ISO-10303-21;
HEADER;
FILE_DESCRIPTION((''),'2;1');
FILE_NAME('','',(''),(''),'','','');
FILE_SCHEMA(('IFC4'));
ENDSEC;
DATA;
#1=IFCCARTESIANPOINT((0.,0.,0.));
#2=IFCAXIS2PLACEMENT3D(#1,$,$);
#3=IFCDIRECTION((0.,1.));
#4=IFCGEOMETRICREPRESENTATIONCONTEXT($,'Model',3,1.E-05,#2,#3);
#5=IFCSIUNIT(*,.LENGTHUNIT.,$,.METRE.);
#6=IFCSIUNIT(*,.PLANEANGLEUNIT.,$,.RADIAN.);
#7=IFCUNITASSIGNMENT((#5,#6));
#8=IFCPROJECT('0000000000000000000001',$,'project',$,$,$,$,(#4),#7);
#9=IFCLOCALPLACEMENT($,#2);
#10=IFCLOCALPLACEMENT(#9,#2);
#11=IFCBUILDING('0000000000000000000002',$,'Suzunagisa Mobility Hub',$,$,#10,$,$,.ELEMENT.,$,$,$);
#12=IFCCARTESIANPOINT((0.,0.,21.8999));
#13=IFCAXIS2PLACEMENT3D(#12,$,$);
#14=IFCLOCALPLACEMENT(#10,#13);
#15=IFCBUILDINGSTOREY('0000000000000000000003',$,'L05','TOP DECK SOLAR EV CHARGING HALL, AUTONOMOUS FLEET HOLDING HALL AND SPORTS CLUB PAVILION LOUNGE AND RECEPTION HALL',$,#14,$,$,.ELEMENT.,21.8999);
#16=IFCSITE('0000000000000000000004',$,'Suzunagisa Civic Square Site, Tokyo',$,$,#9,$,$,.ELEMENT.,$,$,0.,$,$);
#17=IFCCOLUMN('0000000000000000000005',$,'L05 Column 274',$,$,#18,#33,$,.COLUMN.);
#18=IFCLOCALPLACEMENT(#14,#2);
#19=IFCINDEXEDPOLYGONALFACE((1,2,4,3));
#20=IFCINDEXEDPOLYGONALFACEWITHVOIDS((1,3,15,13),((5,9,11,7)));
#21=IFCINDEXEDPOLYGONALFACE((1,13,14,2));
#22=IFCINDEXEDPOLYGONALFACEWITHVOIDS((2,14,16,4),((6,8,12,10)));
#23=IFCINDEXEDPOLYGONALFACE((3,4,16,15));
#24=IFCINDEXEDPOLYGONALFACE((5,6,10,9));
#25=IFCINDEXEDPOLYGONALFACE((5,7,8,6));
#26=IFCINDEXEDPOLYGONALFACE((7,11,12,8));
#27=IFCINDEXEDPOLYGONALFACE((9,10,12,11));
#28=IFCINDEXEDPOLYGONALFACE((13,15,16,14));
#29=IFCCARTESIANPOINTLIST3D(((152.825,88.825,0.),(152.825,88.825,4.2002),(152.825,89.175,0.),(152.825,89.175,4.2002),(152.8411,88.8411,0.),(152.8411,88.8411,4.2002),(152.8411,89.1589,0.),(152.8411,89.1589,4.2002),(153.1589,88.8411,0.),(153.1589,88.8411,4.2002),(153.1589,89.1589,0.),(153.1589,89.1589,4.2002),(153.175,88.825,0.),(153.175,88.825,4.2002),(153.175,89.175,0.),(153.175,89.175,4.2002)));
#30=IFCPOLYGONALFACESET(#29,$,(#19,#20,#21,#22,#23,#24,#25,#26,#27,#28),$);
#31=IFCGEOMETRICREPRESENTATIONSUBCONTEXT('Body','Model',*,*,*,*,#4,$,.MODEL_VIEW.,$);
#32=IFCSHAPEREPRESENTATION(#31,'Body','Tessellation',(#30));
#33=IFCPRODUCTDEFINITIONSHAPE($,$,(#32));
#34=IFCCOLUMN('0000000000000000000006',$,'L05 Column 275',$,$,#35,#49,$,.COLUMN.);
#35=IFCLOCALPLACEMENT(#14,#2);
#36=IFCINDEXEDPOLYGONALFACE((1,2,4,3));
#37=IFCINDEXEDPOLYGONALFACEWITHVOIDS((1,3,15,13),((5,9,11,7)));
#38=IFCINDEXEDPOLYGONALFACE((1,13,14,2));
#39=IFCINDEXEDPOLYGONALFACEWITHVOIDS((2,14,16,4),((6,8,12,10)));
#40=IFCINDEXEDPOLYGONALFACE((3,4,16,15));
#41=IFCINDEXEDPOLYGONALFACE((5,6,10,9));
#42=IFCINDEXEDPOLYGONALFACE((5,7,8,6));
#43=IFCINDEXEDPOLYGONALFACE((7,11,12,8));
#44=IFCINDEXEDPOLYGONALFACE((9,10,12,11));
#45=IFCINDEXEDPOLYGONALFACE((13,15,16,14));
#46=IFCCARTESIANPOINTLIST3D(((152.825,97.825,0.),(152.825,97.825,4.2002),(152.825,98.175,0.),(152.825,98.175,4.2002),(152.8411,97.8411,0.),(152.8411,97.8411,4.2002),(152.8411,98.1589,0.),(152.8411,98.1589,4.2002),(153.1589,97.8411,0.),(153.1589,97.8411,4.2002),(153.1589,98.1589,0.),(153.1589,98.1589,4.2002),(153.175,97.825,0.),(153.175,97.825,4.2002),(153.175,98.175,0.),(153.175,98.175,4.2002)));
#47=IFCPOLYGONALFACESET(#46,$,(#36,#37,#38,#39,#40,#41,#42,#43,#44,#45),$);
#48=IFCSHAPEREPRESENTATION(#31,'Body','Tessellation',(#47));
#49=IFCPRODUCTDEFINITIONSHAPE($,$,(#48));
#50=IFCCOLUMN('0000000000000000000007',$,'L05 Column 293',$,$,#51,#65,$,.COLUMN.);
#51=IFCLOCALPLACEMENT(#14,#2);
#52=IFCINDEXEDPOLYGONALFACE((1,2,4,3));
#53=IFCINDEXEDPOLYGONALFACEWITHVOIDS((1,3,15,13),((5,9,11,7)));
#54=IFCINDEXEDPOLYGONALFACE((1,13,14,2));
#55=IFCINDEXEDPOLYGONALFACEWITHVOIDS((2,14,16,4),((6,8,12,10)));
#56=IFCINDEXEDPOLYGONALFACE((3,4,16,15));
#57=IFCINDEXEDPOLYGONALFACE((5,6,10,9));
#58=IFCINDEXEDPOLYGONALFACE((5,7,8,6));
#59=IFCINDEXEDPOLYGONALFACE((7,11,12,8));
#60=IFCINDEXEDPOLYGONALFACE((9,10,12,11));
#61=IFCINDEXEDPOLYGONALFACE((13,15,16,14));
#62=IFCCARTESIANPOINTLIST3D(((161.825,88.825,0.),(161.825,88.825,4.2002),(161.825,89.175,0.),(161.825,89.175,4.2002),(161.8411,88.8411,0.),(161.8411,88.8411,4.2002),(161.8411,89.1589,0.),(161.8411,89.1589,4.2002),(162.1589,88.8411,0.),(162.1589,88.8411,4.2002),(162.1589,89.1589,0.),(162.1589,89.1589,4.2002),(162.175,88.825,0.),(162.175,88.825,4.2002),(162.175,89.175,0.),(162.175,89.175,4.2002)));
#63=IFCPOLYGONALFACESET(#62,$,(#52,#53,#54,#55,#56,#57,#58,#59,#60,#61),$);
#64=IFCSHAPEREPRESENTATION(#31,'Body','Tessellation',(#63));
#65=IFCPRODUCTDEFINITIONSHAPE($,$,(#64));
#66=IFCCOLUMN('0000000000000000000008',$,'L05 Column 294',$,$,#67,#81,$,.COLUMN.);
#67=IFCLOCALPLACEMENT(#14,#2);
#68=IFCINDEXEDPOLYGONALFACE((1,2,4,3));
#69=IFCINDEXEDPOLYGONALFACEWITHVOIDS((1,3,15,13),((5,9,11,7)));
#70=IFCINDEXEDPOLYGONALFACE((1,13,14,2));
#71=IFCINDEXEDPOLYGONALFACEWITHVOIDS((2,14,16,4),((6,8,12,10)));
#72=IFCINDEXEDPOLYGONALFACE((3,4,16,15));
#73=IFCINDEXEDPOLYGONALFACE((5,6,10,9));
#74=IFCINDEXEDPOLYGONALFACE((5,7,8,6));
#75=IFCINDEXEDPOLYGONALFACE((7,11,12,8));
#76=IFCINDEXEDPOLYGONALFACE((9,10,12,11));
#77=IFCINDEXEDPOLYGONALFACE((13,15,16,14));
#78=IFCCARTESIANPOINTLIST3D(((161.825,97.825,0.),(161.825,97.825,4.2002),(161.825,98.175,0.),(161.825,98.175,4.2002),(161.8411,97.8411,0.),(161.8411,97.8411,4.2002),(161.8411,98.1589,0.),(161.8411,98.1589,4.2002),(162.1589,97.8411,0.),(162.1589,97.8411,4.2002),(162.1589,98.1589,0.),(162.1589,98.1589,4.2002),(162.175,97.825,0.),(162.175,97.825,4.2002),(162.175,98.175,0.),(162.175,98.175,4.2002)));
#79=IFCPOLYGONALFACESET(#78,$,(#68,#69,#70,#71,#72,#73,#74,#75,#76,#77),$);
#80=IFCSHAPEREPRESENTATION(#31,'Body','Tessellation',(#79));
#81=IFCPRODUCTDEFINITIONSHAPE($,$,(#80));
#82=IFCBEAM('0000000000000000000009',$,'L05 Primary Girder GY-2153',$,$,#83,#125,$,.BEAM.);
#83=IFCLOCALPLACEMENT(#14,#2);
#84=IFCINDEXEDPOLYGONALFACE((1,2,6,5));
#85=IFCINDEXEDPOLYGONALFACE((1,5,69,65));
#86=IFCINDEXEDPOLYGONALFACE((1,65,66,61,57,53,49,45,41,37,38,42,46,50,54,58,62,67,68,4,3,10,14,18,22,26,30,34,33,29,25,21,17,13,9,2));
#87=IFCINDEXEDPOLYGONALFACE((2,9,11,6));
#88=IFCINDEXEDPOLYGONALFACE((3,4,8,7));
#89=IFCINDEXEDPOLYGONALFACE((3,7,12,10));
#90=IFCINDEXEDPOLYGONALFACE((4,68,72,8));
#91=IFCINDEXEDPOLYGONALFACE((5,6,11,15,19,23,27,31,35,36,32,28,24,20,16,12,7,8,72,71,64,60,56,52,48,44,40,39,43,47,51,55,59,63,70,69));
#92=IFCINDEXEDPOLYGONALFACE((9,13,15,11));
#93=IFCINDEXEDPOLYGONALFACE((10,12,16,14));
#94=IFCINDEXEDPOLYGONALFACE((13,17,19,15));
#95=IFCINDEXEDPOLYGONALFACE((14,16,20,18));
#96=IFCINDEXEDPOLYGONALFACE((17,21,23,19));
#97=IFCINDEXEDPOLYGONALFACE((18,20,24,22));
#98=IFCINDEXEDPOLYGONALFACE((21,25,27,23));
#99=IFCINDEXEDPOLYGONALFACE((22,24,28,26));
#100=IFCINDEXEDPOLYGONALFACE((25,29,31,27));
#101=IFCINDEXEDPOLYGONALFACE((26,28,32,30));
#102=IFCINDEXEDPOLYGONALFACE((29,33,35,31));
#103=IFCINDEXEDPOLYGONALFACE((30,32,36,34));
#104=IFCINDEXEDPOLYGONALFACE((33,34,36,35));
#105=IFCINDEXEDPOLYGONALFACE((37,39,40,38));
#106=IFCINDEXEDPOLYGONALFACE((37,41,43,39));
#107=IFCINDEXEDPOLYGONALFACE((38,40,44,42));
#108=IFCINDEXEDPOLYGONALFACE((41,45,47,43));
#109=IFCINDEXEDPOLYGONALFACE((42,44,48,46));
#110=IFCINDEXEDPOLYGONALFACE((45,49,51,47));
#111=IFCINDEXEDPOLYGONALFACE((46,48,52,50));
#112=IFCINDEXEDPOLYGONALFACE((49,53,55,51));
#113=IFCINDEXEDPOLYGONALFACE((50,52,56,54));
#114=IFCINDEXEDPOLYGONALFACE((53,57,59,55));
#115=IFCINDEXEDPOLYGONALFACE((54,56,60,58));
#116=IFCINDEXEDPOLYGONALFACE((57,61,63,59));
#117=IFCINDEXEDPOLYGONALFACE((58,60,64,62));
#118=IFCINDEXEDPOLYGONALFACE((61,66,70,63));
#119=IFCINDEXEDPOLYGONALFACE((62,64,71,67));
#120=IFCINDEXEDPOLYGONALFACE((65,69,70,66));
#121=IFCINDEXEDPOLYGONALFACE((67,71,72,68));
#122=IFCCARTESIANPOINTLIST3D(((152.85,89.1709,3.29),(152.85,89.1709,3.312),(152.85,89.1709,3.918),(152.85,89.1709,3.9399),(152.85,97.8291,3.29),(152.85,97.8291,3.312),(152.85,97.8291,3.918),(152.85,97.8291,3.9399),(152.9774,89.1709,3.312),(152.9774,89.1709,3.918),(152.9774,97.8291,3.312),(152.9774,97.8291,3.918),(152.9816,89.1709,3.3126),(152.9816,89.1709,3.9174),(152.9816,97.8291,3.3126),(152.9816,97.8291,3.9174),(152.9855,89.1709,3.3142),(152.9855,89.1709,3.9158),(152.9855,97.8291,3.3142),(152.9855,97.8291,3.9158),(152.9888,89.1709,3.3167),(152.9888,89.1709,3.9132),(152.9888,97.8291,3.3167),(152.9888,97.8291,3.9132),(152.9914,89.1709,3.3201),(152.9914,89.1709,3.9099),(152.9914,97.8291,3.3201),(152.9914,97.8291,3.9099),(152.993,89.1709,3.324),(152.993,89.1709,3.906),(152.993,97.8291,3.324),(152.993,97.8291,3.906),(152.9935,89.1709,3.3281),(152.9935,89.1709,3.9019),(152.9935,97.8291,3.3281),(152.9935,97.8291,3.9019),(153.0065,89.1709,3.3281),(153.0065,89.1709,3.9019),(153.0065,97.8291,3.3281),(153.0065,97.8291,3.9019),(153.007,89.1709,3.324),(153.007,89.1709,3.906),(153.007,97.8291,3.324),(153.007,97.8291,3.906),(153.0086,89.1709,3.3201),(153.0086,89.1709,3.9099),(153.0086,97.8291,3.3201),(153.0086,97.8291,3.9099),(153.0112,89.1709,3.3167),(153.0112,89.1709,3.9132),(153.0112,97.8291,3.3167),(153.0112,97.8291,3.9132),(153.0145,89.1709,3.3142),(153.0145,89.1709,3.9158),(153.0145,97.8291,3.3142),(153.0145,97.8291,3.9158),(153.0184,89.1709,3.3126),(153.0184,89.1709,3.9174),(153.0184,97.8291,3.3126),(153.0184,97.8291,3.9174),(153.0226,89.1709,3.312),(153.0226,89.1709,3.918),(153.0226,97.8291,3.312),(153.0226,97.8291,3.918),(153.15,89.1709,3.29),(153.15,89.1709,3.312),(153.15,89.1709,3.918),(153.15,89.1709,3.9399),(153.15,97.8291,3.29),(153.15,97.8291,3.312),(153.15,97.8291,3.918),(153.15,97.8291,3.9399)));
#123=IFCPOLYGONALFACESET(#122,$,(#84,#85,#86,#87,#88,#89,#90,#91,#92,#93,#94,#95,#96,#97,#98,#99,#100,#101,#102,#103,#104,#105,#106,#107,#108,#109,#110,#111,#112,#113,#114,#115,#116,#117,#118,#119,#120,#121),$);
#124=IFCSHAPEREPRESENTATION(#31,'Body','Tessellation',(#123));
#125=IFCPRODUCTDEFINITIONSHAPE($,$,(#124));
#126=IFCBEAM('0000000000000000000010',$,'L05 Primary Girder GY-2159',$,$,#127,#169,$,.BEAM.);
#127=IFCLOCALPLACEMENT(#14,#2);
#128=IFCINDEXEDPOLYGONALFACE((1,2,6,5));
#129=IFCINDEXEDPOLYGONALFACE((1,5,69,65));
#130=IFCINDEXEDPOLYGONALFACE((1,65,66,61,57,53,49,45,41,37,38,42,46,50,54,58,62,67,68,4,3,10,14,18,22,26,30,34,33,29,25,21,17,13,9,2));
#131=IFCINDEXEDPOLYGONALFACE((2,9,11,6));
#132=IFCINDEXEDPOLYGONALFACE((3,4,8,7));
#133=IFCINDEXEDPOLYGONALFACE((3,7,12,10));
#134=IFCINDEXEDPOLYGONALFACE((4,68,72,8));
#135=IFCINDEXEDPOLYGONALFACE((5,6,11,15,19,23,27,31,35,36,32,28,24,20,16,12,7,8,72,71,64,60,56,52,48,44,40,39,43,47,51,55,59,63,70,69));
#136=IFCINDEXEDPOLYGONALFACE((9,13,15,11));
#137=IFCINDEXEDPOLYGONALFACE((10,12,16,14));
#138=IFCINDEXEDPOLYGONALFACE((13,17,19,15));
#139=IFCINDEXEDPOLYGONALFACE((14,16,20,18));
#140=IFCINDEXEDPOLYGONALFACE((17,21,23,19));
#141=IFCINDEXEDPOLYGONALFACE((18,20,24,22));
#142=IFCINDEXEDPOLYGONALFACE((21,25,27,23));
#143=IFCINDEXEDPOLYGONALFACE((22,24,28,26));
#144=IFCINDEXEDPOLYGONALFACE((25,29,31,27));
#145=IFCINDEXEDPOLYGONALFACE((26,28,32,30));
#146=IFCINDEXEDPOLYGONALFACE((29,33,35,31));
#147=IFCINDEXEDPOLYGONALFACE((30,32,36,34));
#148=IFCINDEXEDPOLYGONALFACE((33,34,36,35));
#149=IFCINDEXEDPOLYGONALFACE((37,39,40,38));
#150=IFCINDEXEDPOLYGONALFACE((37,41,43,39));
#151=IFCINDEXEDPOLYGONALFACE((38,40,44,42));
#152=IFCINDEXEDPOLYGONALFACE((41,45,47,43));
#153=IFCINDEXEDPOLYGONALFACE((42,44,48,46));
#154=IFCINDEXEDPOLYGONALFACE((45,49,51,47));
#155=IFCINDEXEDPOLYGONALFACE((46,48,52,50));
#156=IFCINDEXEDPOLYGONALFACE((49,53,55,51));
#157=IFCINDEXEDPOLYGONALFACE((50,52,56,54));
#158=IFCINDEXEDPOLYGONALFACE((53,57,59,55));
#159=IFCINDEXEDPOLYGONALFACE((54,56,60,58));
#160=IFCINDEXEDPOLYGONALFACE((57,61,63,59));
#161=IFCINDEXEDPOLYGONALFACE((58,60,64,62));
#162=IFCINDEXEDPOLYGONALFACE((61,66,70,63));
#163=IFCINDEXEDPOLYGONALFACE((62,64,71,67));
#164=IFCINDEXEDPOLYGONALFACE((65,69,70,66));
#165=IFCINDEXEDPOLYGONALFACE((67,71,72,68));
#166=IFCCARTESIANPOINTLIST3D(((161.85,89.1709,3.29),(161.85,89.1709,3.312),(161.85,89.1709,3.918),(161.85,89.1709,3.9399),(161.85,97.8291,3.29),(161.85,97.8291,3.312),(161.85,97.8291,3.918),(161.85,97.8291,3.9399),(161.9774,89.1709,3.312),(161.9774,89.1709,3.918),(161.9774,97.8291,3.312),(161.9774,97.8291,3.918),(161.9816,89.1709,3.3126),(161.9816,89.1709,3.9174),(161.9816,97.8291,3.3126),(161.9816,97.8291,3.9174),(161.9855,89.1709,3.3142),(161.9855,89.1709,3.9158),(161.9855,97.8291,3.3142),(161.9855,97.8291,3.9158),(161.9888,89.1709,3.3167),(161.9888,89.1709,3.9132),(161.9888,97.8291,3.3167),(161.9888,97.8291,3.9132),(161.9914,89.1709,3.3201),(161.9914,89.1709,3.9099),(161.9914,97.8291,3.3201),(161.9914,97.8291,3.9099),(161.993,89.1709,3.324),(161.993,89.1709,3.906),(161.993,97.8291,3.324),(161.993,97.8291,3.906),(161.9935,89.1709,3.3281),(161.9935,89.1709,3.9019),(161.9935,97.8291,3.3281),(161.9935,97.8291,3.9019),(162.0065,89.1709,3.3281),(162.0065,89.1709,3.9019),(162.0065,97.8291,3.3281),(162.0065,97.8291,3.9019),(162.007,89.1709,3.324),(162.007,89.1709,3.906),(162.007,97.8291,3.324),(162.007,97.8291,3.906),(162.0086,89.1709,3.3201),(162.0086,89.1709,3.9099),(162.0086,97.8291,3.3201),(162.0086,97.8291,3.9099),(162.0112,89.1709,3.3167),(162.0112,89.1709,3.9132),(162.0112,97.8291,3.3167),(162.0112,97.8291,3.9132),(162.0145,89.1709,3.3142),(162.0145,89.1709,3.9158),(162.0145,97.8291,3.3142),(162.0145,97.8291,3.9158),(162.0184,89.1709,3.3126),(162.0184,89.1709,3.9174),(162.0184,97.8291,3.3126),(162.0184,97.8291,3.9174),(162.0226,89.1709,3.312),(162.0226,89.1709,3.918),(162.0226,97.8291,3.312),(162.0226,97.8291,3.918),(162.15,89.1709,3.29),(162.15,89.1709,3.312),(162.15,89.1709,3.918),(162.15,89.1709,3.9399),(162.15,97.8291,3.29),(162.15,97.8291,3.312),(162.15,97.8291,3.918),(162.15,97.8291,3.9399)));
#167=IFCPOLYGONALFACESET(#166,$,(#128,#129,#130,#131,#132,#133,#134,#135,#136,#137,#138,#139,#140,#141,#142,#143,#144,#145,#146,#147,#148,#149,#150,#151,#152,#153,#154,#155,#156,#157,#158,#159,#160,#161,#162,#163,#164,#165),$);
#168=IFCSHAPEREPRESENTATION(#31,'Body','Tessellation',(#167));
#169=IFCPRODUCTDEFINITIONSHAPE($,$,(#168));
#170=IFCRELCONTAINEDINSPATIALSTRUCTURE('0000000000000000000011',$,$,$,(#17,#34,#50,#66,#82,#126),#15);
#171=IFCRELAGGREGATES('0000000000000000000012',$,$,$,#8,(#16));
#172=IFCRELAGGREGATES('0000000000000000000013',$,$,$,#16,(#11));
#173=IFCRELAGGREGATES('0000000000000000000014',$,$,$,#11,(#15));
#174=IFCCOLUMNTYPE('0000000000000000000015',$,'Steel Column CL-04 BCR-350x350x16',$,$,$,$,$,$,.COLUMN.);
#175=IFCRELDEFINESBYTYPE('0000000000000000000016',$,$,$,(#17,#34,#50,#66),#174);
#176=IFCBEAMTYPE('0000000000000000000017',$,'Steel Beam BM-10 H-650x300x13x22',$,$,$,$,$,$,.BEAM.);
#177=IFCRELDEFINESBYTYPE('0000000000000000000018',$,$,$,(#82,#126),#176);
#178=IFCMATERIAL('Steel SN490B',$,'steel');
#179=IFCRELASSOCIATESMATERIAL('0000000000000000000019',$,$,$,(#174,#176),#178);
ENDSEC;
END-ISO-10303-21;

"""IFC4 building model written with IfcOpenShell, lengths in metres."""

from ifc_helpers import new_model, si_unit, direction, frame, origin, origin_2d, place, context, subcontext, project, spatial, hollow_rectangle, i_section, extrude, material, material_profile, profile_set, type_object, element, save


model = new_model("IFC4")

# Units and contexts
model_context = context("Model", 3, precision=1e-05, world=origin(), true_north=direction((0.0, 1.0)))
body_context = subcontext(model_context, "Body", "Model", "MODEL_VIEW")
ifc_project = project(units=[si_unit("LENGTHUNIT", "METRE"), si_unit("PLANEANGLEUNIT", "RADIAN")], contexts=[model_context])

# Site, building, storey
site_placement = place(None, origin())
site = spatial("IfcSite", under=ifc_project, at=site_placement, Name="Suzunagisa Civic Square Site, Tokyo", CompositionType="ELEMENT", RefElevation=0.0)
building_placement = place(site_placement, origin())
building = spatial("IfcBuilding", under=site, at=building_placement, Name="Suzunagisa Mobility Hub", CompositionType="ELEMENT")
storey_placement = place(building_placement, frame((0.0, 0.0, 21.8999)))
storey = spatial("IfcBuildingStorey", under=building, at=storey_placement, Name="L05", Description="TOP DECK SOLAR EV CHARGING HALL, AUTONOMOUS FLEET HOLDING HALL AND SPORTS CLUB PAVILION LOUNGE AND RECEPTION HALL", CompositionType="ELEMENT", Elevation=21.8999)

# Columns
ifc_material_1 = material(Name="Steel SN490B", Category="steel")
ifc_material_profile_1 = material_profile(ifc_material_1, hollow_rectangle(XDim=0.3501, YDim=0.3501, WallThickness=0.0161, at=origin_2d()), Name="BCR-350x350x16")
ifc_profile_set_1 = profile_set([ifc_material_profile_1], Name="Steel SN490B")
column_type = type_object("IfcColumnType", Name="Steel Column CL-04 BCR-350x350x16", PredefinedType="COLUMN", material=ifc_profile_set_1)
for number, where, z_axis, x_axis, name in (
    (1, (153.0, 89.0, 0.0), (0.0, 0.0, 1.0), (1.0, 0.0, 0.0), "L05 Column 274"),
    (2, (153.0, 98.0, 0.0), (0.0, 0.0, 1.0), (1.0, 0.0, 0.0), "L05 Column 275"),
    (3, (162.0, 89.0, 0.0), (0.0, 0.0, 1.0), (1.0, 0.0, 0.0), "L05 Column 293"),
    (4, (162.0, 98.0, 0.0), (0.0, 0.0, 1.0), (1.0, 0.0, 0.0), "L05 Column 294"),
):
    element("IfcColumn", number, at=place(storey_placement, frame(where, z_axis=z_axis, x_axis=x_axis)), inside=storey, type_object=column_type, Name=name, PredefinedType="COLUMN", context=body_context, shape_type="SweptSolid", body=[
        extrude(hollow_rectangle(XDim=0.3501, YDim=0.3501, WallThickness=0.0161, at=origin_2d()), origin(), (0.0, 0.0, 1.0), 4.2002),
    ])

# Beams
ifc_material_profile_2 = material_profile(ifc_material_1, i_section(OverallWidth=0.3, OverallDepth=0.6499, WebThickness=0.0129, FlangeThickness=0.022, FilletRadius=0.0161, at=origin_2d()), Name="H-650x300x13x22")
ifc_profile_set_2 = profile_set([ifc_material_profile_2], Name="Steel SN490B")
beam_type_1 = type_object("IfcBeamType", Name="Steel Beam BM-10 H-650x300x13x22", PredefinedType="BEAM", material=ifc_profile_set_2)
for number, where, z_axis, x_axis, name in (
    (5, (153.0, 89.1709, 3.615), (0.0, 1.0, 0.0), (-1.0, 0.0, 0.0), "L05 Primary Girder GY-2153"),
    (6, (162.0, 89.1709, 3.615), (0.0, 1.0, 0.0), (-1.0, 0.0, 0.0), "L05 Primary Girder GY-2159"),
):
    element("IfcBeam", number, at=place(storey_placement, frame(where, z_axis=z_axis, x_axis=x_axis)), inside=storey, type_object=beam_type_1, Name=name, PredefinedType="BEAM", context=body_context, shape_type="SweptSolid", body=[
        extrude(i_section(OverallWidth=0.3, OverallDepth=0.6499, WebThickness=0.0129, FlangeThickness=0.022, FilletRadius=0.0161, at=origin_2d()), origin(), (0.0, 0.0, 1.0), 8.6582),
    ])

save(model, "model.ifc")
